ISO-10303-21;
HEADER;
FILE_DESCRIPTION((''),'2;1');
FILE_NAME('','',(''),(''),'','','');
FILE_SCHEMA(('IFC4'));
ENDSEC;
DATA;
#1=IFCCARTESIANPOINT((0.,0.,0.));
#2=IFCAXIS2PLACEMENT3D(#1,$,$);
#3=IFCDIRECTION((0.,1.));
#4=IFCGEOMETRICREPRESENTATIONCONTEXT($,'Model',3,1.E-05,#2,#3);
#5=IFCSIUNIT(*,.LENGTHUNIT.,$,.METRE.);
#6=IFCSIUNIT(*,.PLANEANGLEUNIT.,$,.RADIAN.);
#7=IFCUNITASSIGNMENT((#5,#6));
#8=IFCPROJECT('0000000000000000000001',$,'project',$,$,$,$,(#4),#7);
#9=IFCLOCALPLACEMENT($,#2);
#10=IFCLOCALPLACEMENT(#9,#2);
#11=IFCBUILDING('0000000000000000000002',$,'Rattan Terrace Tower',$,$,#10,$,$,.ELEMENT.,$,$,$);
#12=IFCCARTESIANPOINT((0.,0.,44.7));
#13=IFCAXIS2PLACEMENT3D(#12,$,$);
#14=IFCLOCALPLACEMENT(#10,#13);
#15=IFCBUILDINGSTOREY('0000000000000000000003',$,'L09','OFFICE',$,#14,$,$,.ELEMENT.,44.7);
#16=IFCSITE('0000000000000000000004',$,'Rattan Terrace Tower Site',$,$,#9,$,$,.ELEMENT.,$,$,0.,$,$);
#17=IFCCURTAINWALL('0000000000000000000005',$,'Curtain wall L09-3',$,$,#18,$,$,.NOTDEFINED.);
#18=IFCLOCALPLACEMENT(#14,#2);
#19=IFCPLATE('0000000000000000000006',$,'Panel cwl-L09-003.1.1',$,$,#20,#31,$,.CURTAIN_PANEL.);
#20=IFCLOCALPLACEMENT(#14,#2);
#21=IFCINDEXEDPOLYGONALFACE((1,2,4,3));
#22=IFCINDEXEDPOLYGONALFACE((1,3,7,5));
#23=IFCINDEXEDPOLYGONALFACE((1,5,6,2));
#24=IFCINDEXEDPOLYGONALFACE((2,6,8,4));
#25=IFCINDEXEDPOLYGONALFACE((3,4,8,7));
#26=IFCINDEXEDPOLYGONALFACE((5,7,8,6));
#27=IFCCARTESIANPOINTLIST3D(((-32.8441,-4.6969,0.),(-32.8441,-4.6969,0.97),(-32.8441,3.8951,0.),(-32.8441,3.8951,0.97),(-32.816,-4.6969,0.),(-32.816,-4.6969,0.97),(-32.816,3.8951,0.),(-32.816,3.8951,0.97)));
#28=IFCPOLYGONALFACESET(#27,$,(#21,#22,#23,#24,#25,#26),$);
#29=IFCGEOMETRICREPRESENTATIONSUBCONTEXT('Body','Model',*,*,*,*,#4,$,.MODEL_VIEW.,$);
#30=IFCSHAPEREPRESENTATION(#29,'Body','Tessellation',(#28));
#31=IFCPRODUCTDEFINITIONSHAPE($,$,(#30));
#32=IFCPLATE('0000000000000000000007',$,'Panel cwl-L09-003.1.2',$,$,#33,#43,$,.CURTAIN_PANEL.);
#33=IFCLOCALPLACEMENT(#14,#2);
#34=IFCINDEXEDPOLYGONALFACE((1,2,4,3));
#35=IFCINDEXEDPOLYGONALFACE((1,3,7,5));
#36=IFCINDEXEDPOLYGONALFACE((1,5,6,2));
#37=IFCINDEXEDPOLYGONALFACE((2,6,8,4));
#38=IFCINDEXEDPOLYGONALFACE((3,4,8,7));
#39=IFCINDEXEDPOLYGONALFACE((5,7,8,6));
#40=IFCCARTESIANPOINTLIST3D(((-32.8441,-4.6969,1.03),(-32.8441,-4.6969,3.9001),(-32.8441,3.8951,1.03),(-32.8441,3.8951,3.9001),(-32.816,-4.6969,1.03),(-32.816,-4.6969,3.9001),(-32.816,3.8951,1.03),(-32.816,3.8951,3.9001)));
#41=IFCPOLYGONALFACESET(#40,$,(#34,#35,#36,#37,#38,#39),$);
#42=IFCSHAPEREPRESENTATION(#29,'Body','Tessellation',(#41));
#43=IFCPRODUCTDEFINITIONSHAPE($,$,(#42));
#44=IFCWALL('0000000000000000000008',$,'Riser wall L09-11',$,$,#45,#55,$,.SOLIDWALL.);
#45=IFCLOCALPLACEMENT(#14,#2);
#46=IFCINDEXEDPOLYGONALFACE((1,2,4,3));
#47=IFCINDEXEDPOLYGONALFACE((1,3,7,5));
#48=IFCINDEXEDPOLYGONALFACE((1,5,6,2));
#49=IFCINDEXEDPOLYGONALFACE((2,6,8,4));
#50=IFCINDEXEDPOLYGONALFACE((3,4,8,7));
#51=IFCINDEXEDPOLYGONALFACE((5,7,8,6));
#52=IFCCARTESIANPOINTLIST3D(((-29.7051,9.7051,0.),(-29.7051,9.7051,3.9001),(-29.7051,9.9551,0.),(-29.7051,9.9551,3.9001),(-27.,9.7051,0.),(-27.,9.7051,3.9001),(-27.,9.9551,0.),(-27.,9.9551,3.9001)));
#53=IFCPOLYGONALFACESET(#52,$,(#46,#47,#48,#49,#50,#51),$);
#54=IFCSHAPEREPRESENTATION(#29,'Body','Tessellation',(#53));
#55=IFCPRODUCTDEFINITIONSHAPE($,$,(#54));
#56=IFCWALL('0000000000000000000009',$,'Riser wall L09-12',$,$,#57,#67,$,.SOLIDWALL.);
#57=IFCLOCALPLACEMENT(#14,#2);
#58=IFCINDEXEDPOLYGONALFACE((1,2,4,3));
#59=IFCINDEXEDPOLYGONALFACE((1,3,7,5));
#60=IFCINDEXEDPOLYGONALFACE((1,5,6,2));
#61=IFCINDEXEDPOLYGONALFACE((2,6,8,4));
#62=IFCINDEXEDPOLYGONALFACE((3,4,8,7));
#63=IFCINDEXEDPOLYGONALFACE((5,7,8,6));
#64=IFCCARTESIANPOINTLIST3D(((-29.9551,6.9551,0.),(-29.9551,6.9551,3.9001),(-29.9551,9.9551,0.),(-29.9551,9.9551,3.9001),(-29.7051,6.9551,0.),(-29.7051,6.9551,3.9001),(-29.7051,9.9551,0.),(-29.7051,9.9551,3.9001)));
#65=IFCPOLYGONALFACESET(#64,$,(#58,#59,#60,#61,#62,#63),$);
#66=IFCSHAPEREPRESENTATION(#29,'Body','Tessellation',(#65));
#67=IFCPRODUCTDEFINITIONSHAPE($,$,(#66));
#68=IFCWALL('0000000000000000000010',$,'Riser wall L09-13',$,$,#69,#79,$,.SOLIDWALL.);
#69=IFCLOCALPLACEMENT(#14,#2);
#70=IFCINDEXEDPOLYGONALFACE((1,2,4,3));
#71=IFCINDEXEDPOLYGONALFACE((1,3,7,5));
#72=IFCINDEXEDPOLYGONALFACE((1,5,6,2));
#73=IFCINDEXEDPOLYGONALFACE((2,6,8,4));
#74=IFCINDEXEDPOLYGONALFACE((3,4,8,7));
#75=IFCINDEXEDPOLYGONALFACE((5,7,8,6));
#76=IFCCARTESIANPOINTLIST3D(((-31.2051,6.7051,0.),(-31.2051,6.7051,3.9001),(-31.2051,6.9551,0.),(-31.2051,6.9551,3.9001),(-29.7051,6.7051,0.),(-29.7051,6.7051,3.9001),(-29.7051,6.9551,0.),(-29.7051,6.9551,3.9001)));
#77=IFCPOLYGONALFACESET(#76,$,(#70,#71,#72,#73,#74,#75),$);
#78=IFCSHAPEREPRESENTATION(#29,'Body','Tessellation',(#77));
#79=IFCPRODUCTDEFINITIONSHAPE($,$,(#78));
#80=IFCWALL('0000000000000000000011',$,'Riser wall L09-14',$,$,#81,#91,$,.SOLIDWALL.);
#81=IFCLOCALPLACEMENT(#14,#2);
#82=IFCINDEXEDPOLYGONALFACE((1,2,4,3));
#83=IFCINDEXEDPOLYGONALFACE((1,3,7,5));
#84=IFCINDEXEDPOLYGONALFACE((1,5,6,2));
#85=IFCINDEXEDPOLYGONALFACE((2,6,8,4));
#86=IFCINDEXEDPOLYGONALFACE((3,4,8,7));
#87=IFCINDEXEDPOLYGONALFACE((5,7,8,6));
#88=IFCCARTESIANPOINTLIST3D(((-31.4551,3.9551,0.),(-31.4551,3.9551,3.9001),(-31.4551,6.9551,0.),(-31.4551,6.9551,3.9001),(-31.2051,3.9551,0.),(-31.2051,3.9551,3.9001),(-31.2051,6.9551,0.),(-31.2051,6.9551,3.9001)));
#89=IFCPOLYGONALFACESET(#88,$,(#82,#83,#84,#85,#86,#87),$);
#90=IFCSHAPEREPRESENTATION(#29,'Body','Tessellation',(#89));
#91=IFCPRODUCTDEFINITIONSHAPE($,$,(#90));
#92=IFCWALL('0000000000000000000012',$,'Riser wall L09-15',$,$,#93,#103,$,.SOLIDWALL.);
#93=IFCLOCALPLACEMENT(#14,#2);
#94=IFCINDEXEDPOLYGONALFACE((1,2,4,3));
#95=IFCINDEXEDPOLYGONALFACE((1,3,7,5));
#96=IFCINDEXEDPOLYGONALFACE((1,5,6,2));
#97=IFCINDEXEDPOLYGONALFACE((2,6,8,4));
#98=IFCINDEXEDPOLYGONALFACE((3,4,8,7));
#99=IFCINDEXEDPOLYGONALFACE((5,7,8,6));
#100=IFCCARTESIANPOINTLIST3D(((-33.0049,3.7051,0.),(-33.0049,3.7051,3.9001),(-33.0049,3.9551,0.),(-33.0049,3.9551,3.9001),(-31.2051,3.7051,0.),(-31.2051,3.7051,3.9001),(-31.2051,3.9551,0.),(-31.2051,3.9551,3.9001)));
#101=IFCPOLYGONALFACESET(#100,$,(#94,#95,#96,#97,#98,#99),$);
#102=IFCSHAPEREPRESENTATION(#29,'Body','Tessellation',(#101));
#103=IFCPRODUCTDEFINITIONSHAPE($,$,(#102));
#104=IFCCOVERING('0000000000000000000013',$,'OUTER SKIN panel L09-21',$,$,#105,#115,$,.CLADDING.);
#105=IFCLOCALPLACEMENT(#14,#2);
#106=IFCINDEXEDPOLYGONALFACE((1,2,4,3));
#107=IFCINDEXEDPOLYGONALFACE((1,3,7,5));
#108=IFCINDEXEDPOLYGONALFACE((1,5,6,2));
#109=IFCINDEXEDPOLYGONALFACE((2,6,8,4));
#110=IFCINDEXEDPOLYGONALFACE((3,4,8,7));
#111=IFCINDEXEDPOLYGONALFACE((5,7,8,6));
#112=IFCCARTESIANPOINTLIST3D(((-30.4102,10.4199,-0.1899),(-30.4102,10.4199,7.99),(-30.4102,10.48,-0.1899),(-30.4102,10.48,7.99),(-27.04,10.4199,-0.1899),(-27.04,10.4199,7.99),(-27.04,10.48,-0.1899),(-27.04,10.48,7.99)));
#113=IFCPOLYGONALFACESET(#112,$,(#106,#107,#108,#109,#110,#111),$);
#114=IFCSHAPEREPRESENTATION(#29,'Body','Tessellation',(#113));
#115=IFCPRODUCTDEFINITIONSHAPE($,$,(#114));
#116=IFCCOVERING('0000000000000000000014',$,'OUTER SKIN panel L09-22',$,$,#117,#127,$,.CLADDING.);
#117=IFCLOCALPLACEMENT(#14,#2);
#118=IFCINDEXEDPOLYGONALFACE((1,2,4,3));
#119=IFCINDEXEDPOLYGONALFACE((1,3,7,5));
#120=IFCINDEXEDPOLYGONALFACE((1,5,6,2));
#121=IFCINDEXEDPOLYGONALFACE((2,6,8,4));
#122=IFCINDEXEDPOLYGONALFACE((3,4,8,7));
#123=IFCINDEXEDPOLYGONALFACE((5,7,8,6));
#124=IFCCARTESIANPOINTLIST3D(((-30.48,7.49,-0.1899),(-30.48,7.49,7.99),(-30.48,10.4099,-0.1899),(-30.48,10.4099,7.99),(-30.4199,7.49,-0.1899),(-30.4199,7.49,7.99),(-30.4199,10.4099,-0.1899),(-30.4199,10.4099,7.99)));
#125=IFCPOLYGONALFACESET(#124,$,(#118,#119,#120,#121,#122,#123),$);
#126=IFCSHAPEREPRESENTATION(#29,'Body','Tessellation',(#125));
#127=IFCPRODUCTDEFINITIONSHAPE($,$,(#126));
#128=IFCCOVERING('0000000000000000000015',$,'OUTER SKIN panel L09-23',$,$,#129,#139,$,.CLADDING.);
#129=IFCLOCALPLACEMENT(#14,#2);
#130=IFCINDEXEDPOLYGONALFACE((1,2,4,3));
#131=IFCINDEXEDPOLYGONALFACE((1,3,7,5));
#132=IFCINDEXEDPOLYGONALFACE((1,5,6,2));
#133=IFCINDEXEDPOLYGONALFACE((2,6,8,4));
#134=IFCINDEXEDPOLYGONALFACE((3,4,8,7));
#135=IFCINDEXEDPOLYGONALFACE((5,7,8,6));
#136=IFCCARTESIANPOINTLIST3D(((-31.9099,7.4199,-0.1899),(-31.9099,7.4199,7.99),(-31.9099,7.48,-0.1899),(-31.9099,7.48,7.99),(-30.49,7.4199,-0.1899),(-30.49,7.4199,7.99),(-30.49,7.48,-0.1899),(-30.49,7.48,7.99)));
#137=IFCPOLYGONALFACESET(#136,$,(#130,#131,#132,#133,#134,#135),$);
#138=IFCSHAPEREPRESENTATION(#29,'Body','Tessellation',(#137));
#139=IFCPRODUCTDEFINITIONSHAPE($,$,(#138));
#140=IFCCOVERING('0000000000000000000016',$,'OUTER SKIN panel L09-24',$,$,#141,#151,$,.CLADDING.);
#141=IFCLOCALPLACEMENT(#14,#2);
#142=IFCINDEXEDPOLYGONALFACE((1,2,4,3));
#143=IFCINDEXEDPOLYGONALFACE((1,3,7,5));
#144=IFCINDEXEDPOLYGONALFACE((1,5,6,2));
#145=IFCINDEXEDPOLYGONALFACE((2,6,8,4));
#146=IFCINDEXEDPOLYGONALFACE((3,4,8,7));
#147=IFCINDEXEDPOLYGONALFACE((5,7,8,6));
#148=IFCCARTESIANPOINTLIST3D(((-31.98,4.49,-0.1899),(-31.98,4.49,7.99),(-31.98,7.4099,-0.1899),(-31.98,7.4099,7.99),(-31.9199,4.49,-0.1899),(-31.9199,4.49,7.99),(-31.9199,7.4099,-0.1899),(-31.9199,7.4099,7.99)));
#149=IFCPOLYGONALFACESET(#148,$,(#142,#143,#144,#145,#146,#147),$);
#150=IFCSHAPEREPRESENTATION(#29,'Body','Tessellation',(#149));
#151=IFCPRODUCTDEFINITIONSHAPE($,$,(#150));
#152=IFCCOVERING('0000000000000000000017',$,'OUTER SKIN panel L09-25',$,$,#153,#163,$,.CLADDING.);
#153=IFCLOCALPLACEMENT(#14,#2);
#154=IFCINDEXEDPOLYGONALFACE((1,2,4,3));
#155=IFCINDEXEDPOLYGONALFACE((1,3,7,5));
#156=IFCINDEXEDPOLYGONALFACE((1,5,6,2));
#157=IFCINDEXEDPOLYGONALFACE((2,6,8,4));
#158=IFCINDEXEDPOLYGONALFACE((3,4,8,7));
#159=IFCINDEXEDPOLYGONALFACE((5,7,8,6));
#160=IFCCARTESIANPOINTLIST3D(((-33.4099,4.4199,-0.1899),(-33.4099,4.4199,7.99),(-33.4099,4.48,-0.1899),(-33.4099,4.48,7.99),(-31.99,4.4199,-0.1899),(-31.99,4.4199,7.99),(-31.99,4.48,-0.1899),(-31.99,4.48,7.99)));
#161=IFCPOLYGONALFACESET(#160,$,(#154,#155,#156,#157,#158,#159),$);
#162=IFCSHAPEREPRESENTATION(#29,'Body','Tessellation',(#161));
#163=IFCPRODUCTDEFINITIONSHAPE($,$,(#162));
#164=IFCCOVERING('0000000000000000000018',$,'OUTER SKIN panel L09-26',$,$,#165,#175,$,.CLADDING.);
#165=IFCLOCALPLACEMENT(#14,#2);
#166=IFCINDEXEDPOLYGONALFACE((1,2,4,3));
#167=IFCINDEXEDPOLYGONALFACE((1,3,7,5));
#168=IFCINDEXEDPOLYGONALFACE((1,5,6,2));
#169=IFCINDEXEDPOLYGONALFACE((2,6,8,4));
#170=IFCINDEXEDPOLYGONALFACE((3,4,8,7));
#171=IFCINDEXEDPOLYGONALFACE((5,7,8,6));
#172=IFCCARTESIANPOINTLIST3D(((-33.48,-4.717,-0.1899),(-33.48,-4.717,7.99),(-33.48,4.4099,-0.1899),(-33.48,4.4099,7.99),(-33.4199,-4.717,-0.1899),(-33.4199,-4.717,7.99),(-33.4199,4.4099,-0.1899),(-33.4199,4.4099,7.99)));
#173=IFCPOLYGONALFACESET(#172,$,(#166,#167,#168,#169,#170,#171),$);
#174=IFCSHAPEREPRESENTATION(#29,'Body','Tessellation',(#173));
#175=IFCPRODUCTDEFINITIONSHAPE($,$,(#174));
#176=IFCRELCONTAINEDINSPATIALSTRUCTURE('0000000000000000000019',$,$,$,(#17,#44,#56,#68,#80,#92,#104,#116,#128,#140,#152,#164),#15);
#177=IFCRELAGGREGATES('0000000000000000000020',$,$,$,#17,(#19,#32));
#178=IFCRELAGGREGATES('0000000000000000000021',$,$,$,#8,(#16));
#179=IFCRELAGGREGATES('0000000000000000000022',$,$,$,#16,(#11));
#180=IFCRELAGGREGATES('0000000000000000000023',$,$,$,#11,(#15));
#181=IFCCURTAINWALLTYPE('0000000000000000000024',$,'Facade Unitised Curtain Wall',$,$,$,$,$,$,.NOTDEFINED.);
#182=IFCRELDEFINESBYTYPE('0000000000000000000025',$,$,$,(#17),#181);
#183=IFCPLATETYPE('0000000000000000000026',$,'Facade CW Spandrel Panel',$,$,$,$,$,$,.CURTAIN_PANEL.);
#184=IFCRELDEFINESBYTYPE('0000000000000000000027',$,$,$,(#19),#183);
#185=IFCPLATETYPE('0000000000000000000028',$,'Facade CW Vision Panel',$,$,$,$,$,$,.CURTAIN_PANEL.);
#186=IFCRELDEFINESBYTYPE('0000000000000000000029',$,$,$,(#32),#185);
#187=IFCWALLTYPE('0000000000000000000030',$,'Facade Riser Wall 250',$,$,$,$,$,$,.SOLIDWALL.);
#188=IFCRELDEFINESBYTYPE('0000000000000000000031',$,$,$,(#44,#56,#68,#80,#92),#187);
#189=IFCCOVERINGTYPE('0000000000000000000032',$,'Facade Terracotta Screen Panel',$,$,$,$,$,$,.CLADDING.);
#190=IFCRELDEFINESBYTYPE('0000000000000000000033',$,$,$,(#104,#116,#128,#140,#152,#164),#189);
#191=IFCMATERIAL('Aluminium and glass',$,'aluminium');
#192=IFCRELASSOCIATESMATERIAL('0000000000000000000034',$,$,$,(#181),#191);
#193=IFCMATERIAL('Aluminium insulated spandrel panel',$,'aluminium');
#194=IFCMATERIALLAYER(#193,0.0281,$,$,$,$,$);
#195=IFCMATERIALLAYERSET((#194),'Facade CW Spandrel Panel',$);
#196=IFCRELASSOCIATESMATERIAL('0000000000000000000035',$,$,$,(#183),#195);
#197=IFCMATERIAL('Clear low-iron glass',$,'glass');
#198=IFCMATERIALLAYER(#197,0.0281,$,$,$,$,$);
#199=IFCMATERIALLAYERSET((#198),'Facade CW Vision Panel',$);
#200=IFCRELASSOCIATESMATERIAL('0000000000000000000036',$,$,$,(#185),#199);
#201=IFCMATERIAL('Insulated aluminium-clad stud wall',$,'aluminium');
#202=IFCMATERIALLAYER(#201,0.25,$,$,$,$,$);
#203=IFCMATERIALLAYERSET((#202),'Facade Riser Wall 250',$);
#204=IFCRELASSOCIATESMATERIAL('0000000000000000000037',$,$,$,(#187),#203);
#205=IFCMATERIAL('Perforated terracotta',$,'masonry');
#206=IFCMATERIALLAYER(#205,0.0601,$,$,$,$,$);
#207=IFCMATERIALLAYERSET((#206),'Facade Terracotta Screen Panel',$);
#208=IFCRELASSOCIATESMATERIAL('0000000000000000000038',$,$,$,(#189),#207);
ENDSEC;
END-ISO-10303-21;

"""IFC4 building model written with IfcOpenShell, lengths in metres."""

from ifc_helpers import new_model, si_unit, direction, frame, frame_2d, origin, origin_2d, place, context, subcontext, project, spatial, rectangle, extrude, material, layer, layer_set, type_object, element, aggregate, save


model = new_model("IFC4")

# Units and contexts
model_context = context("Model", 3, precision=1e-05, world=origin(), true_north=direction((0.0, 1.0)))
body_context = subcontext(model_context, "Body", "Model", "MODEL_VIEW")
ifc_project = project(units=[si_unit("LENGTHUNIT", "METRE"), si_unit("PLANEANGLEUNIT", "RADIAN")], contexts=[model_context])

# Site, building, storey
site_placement = place(None, origin())
site = spatial("IfcSite", under=ifc_project, at=site_placement, Name="Rattan Terrace Tower Site", CompositionType="ELEMENT", RefElevation=0.0)
building_placement = place(site_placement, origin())
building = spatial("IfcBuilding", under=site, at=building_placement, Name="Rattan Terrace Tower", CompositionType="ELEMENT")
storey_placement = place(building_placement, frame((0.0, 0.0, 44.7)))
storey = spatial("IfcBuildingStorey", under=building, at=storey_placement, Name="L09", Description="OFFICE", CompositionType="ELEMENT", Elevation=44.7)

# Curtain wall
ifc_material_1 = material(Name="Aluminium and glass", Category="aluminium")
curtain_wall_type = type_object("IfcCurtainWallType", Name="Facade Unitised Curtain Wall", PredefinedType="NOTDEFINED", material=ifc_material_1)
curtain_wall_placement = place(storey_placement, origin())
curtain_wall = element("IfcCurtainWall", 1, at=curtain_wall_placement, inside=storey, type_object=curtain_wall_type, Name="Curtain wall L09-3", PredefinedType="NOTDEFINED")

# Plates
ifc_material_2 = material(Name="Aluminium insulated spandrel panel", Category="aluminium")
ifc_layer_1 = layer(ifc_material_2, 0.0281)
ifc_layer_set_1 = layer_set([ifc_layer_1], Name="Facade CW Spandrel Panel")
plate_type_1 = type_object("IfcPlateType", Name="Facade CW Spandrel Panel", PredefinedType="CURTAIN_PANEL", material=ifc_layer_set_1)
plate_1_placement = place(storey_placement, frame((-32.8301, -0.4009, 0.0), z_axis=(0.0, 0.0, 1.0), x_axis=(0.0, -1.0, 0.0)))
plate_1 = element("IfcPlate", 2, at=plate_1_placement, type_object=plate_type_1, Name="Panel cwl-L09-003.1.1", PredefinedType="CURTAIN_PANEL", context=body_context, shape_type="SweptSolid", body=[
    extrude(rectangle(XDim=8.592, YDim=0.0281, at=origin_2d()), origin(), (0.0, 0.0, 1.0), 0.97),
])
ifc_material_3 = material(Name="Clear low-iron glass", Category="glass")
ifc_layer_2 = layer(ifc_material_3, 0.0281)
ifc_layer_set_2 = layer_set([ifc_layer_2], Name="Facade CW Vision Panel")
plate_type_2 = type_object("IfcPlateType", Name="Facade CW Vision Panel", PredefinedType="CURTAIN_PANEL", material=ifc_layer_set_2)
plate_2_placement = place(storey_placement, frame((-32.8301, -0.4009, 1.03), z_axis=(0.0, 0.0, 1.0), x_axis=(0.0, -1.0, 0.0)))
plate_2 = element("IfcPlate", 3, at=plate_2_placement, type_object=plate_type_2, Name="Panel cwl-L09-003.1.2", PredefinedType="CURTAIN_PANEL", context=body_context, shape_type="SweptSolid", body=[
    extrude(rectangle(XDim=8.592, YDim=0.0281, at=origin_2d()), origin(), (0.0, 0.0, 1.0), 2.8701),
])
aggregate(curtain_wall, [plate_1, plate_2])

# Walls
ifc_material_4 = material(Name="Insulated aluminium-clad stud wall", Category="aluminium")
ifc_layer_3 = layer(ifc_material_4, 0.25)
ifc_layer_set_3 = layer_set([ifc_layer_3], Name="Facade Riser Wall 250")
wall_type = type_object("IfcWallType", Name="Facade Riser Wall 250", PredefinedType="SOLIDWALL", material=ifc_layer_set_3)
wall_1_placement = place(storey_placement, frame((-27.0, 9.8301, 0.0), z_axis=(0.0, 0.0, 1.0), x_axis=(-1.0, 0.0, 0.0)))
element("IfcWall", 4, at=wall_1_placement, inside=storey, type_object=wall_type, Name="Riser wall L09-11", PredefinedType="SOLIDWALL", context=body_context, shape_type="SweptSolid", body=[
    extrude(rectangle(XDim=2.7051, YDim=0.25, at=frame_2d((1.3525, 0.0))), origin(), (0.0, 0.0, 1.0), 3.9001),
])
wall_2_placement = place(storey_placement, frame((-29.8301, 9.9551, 0.0), z_axis=(0.0, 0.0, 1.0), x_axis=(0.0, -1.0, 0.0)))
element("IfcWall", 5, at=wall_2_placement, inside=storey, type_object=wall_type, Name="Riser wall L09-12", PredefinedType="SOLIDWALL", context=body_context, shape_type="SweptSolid", body=[
    extrude(rectangle(XDim=3.0, YDim=0.25, at=frame_2d((1.5, 0.0))), origin(), (0.0, 0.0, 1.0), 3.9001),
])
wall_3_placement = place(storey_placement, frame((-29.7051, 6.8301, 0.0), z_axis=(0.0, 0.0, 1.0), x_axis=(-1.0, 0.0, 0.0)))
element("IfcWall", 6, at=wall_3_placement, inside=storey, type_object=wall_type, Name="Riser wall L09-13", PredefinedType="SOLIDWALL", context=body_context, shape_type="SweptSolid", body=[
    extrude(rectangle(XDim=1.5, YDim=0.25, at=frame_2d((0.75, 0.0))), origin(), (0.0, 0.0, 1.0), 3.9001),
])
wall_4_placement = place(storey_placement, frame((-31.3301, 6.9551, 0.0), z_axis=(0.0, 0.0, 1.0), x_axis=(0.0, -1.0, 0.0)))
element("IfcWall", 7, at=wall_4_placement, inside=storey, type_object=wall_type, Name="Riser wall L09-14", PredefinedType="SOLIDWALL", context=body_context, shape_type="SweptSolid", body=[
    extrude(rectangle(XDim=3.0, YDim=0.25, at=frame_2d((1.5, 0.0))), origin(), (0.0, 0.0, 1.0), 3.9001),
])
wall_5_placement = place(storey_placement, frame((-31.2051, 3.8301, 0.0), z_axis=(0.0, 0.0, 1.0), x_axis=(-1.0, 0.0, 0.0)))
element("IfcWall", 8, at=wall_5_placement, inside=storey, type_object=wall_type, Name="Riser wall L09-15", PredefinedType="SOLIDWALL", context=body_context, shape_type="SweptSolid", body=[
    extrude(rectangle(XDim=1.7998, YDim=0.25, at=frame_2d((0.8999, 0.0))), origin(), (0.0, 0.0, 1.0), 3.9001),
])

# Coverings
ifc_material_5 = material(Name="Perforated terracotta", Category="masonry")
ifc_layer_4 = layer(ifc_material_5, 0.0601)
ifc_layer_set_4 = layer_set([ifc_layer_4], Name="Facade Terracotta Screen Panel")
covering_type = type_object("IfcCoveringType", Name="Facade Terracotta Screen Panel", PredefinedType="CLADDING", material=ifc_layer_set_4)
covering_1_placement = place(storey_placement, frame((-28.7251, 10.45, -0.1899), z_axis=(0.0, 0.0, 1.0), x_axis=(-1.0, 0.0, 0.0)))
element("IfcCovering", 9, at=covering_1_placement, inside=storey, type_object=covering_type, Name="OUTER SKIN panel L09-21", PredefinedType="CLADDING", context=body_context, shape_type="SweptSolid", body=[
    extrude(rectangle(XDim=3.3701, YDim=0.0601, at=origin_2d()), origin(), (0.0, 0.0, 1.0), 8.1799),
])
covering_2_placement = place(storey_placement, frame((-30.45, 8.95, -0.1899), z_axis=(0.0, 0.0, 1.0), x_axis=(0.0, -1.0, 0.0)))
element("IfcCovering", 10, at=covering_2_placement, inside=storey, type_object=covering_type, Name="OUTER SKIN panel L09-22", PredefinedType="CLADDING", context=body_context, shape_type="SweptSolid", body=[
    extrude(rectangle(XDim=2.9199, YDim=0.0601, at=origin_2d()), origin(), (0.0, 0.0, 1.0), 8.1799),
])
covering_3_placement = place(storey_placement, frame((-31.2, 7.45, -0.1899), z_axis=(0.0, 0.0, 1.0), x_axis=(-1.0, 0.0, 0.0)))
element("IfcCovering", 11, at=covering_3_placement, inside=storey, type_object=covering_type, Name="OUTER SKIN panel L09-23", PredefinedType="CLADDING", context=body_context, shape_type="SweptSolid", body=[
    extrude(rectangle(XDim=1.4199, YDim=0.0601, at=origin_2d()), origin(), (0.0, 0.0, 1.0), 8.1799),
])
covering_4_placement = place(storey_placement, frame((-31.95, 5.95, -0.1899), z_axis=(0.0, 0.0, 1.0), x_axis=(0.0, -1.0, 0.0)))
element("IfcCovering", 12, at=covering_4_placement, inside=storey, type_object=covering_type, Name="OUTER SKIN panel L09-24", PredefinedType="CLADDING", context=body_context, shape_type="SweptSolid", body=[
    extrude(rectangle(XDim=2.9199, YDim=0.0601, at=origin_2d()), origin(), (0.0, 0.0, 1.0), 8.1799),
])
covering_5_placement = place(storey_placement, frame((-32.7, 4.45, -0.1899), z_axis=(0.0, 0.0, 1.0), x_axis=(-1.0, 0.0, 0.0)))
element("IfcCovering", 13, at=covering_5_placement, inside=storey, type_object=covering_type, Name="OUTER SKIN panel L09-25", PredefinedType="CLADDING", context=body_context, shape_type="SweptSolid", body=[
    extrude(rectangle(XDim=1.4199, YDim=0.0601, at=origin_2d()), origin(), (0.0, 0.0, 1.0), 8.1799),
])
covering_6_placement = place(storey_placement, frame((-33.45, -0.1536, -0.1899), z_axis=(0.0, 0.0, 1.0), x_axis=(0.0, -1.0, 0.0)))
element("IfcCovering", 14, at=covering_6_placement, inside=storey, type_object=covering_type, Name="OUTER SKIN panel L09-26", PredefinedType="CLADDING", context=body_context, shape_type="SweptSolid", body=[
    extrude(rectangle(XDim=9.127, YDim=0.0601, at=origin_2d()), origin(), (0.0, 0.0, 1.0), 8.1799),
])

save(model, "model.ifc")
